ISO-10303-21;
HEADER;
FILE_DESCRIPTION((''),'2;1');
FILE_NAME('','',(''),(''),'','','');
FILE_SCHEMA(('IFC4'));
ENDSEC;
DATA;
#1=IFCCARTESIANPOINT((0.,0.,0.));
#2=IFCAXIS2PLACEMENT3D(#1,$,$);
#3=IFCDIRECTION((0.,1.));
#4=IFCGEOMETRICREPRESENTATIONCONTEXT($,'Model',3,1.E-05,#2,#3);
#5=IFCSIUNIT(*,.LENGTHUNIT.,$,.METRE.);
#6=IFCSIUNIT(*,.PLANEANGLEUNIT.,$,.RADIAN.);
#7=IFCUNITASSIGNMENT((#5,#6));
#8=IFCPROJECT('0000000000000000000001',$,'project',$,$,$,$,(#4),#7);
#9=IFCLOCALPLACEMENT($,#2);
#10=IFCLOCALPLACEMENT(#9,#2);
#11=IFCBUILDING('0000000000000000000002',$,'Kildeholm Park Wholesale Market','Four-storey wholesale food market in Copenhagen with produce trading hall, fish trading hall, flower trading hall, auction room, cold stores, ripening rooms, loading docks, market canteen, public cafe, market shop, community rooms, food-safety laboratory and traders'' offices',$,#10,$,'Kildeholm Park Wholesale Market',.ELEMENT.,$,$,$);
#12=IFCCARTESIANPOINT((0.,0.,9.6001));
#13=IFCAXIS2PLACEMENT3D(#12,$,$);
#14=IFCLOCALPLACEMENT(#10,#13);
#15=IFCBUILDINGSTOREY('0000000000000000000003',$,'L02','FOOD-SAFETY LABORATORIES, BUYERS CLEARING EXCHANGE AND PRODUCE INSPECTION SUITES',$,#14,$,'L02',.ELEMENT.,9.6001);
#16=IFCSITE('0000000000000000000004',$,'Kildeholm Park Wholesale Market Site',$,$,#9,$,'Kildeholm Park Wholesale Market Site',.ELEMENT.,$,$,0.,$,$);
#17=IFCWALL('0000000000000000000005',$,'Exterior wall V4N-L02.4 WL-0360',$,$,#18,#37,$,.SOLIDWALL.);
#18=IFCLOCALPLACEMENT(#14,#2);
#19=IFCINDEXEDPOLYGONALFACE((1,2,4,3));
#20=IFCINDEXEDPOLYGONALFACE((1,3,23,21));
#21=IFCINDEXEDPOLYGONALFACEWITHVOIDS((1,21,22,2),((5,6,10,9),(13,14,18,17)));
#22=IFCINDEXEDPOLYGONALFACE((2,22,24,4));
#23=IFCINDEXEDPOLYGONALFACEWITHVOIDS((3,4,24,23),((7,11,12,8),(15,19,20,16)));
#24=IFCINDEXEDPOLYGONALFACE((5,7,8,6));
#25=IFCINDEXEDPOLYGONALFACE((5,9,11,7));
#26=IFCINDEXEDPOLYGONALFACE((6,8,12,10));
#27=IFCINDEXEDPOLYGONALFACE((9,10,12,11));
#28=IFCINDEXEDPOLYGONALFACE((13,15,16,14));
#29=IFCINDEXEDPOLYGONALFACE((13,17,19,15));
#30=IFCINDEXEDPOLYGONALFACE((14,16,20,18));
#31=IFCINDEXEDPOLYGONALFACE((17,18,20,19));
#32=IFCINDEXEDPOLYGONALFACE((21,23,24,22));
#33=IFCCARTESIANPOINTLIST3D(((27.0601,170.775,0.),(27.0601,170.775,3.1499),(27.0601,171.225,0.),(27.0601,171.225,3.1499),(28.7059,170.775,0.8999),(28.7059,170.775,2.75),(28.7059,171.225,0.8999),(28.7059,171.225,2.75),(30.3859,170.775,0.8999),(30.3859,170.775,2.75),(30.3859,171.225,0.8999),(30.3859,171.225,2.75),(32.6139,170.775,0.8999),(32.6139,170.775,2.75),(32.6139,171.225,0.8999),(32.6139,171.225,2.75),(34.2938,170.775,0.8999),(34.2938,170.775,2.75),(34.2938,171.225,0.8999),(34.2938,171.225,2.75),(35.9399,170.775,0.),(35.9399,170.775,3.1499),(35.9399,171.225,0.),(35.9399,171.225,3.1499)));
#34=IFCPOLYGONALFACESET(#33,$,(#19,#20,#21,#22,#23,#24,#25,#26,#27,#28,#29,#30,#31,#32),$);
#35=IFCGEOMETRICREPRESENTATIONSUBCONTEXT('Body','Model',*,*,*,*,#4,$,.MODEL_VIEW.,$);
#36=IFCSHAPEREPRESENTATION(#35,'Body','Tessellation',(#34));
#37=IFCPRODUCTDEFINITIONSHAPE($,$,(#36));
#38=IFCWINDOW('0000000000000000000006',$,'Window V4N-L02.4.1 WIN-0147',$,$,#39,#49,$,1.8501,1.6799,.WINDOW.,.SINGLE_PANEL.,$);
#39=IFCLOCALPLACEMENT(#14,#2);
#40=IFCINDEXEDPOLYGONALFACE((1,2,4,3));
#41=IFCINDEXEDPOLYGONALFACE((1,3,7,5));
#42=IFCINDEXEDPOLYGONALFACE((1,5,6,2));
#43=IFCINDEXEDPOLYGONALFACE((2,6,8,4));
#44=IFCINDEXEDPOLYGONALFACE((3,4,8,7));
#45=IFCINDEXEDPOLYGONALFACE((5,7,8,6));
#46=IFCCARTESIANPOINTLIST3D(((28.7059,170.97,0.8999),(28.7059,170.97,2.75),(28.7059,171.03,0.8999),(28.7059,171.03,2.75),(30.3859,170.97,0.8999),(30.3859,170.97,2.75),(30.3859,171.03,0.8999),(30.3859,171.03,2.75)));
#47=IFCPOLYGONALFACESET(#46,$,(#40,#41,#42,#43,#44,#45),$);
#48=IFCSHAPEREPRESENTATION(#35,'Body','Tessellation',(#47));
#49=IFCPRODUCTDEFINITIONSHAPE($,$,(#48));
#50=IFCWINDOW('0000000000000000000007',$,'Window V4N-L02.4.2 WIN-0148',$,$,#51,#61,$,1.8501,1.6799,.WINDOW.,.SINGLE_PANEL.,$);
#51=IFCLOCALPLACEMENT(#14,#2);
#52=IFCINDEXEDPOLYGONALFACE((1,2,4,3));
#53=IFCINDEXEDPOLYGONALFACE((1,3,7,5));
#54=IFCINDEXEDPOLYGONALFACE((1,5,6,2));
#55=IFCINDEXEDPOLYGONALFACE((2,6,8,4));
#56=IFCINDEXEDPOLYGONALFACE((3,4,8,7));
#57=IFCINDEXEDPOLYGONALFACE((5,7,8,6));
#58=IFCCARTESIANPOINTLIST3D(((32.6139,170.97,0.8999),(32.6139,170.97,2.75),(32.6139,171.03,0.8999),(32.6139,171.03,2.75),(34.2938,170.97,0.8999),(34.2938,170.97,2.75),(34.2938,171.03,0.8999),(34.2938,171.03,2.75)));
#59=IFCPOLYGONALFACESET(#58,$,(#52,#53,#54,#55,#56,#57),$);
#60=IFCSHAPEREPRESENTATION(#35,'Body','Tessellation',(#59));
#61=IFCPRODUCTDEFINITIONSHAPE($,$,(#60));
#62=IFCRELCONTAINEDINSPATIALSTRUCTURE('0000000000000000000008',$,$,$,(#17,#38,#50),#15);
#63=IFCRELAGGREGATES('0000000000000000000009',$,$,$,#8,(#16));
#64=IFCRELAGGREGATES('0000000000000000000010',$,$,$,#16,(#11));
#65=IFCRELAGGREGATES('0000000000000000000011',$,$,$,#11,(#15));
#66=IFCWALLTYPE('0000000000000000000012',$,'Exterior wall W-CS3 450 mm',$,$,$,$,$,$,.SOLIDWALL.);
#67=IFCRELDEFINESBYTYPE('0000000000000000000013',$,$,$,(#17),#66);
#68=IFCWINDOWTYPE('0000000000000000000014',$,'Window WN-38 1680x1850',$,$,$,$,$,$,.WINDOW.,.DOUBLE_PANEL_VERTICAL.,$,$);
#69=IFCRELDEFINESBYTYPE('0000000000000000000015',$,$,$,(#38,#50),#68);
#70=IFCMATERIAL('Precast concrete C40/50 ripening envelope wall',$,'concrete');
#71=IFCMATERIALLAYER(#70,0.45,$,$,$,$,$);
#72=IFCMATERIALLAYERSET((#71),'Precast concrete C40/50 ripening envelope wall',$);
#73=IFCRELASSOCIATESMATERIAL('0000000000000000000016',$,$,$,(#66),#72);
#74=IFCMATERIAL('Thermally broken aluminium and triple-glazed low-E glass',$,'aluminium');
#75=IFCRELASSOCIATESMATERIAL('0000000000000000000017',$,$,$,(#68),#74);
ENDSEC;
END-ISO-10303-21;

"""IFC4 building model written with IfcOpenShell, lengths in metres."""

from ifc_helpers import new_model, si_unit, direction, frame, frame_2d, origin, place, context, subcontext, project, spatial, rectangle, extrude, material, layer, layer_set, type_object, element, fill, save


model = new_model("IFC4")

# Units and contexts
model_context = context("Model", 3, precision=1e-05, world=origin(), true_north=direction((0.0, 1.0)))
body_context = subcontext(model_context, "Body", "Model", "MODEL_VIEW")
ifc_project = project(units=[si_unit("LENGTHUNIT", "METRE"), si_unit("PLANEANGLEUNIT", "RADIAN")], contexts=[model_context])

# Site, building, storey
site_placement = place(None, origin())
site = spatial("IfcSite", under=ifc_project, at=site_placement, Name="Kildeholm Park Wholesale Market Site", LongName="Kildeholm Park Wholesale Market Site", CompositionType="ELEMENT", RefElevation=0.0)
building_placement = place(site_placement, origin())
building = spatial("IfcBuilding", under=site, at=building_placement, Name="Kildeholm Park Wholesale Market", Description="Four-storey wholesale food market in Copenhagen with produce trading hall, fish trading hall, flower trading hall, auction room, cold stores, ripening rooms, loading docks, market canteen, public cafe, market shop, community rooms, food-safety laboratory and traders' offices", LongName="Kildeholm Park Wholesale Market", CompositionType="ELEMENT")
storey_placement = place(building_placement, frame((0.0, 0.0, 9.6001)))
storey = spatial("IfcBuildingStorey", under=building, at=storey_placement, Name="L02", Description="FOOD-SAFETY LABORATORIES, BUYERS CLEARING EXCHANGE AND PRODUCE INSPECTION SUITES", LongName="L02", CompositionType="ELEMENT", Elevation=9.6001)

# Wall, openings, windows
ifc_material_1 = material(Name="Precast concrete C40/50 ripening envelope wall", Category="concrete")
ifc_layer = layer(ifc_material_1, 0.45)
ifc_layer_set = layer_set([ifc_layer], Name="Precast concrete C40/50 ripening envelope wall")
wall_type = type_object("IfcWallType", Name="Exterior wall W-CS3 450 mm", PredefinedType="SOLIDWALL", material=ifc_layer_set)
ifc_material_2 = material(Name="Thermally broken aluminium and triple-glazed low-E glass", Category="aluminium")
wall_1_placement = place(storey_placement, frame((27.0601, 171.0, 0.0), z_axis=(0.0, 0.0, 1.0), x_axis=(1.0, 0.0, 0.0)))
wall_1 = element("IfcWall", 1, at=wall_1_placement, inside=storey, type_object=wall_type, Name="Exterior wall V4N-L02.4 WL-0360", PredefinedType="SOLIDWALL", context=body_context, shape_type="SweptSolid", body=[
    extrude(rectangle(XDim=8.8799, YDim=0.45, at=frame_2d((4.4399, 0.0))), origin(), (0.0, 0.0, 1.0), 3.1499),
])
opening_1_placement = place(wall_1_placement, frame((1.646, 0.0, 0.8999)))
opening_1 = element("IfcOpeningElement", 2, at=opening_1_placement, cuts=wall_1, PredefinedType="OPENING", context=body_context, shape_type="SweptSolid", body=[
    extrude(rectangle(XDim=1.6799, YDim=1.8501, at=frame_2d((0.8398, 0.925))), frame((0.0, 0.2349, 0.0), z_axis=(0.0, -1.0, 0.0), x_axis=(1.0, 0.0, 0.0)), (0.0, 0.0, 1.0), 0.47),
])
opening_2_placement = place(wall_1_placement, frame((5.554, 0.0, 0.8999)))
opening_2 = element("IfcOpeningElement", 3, at=opening_2_placement, cuts=wall_1, PredefinedType="OPENING", context=body_context, shape_type="SweptSolid", body=[
    extrude(rectangle(XDim=1.6799, YDim=1.8501, at=frame_2d((0.8398, 0.925))), frame((0.0, 0.2349, 0.0), z_axis=(0.0, -1.0, 0.0), x_axis=(1.0, 0.0, 0.0)), (0.0, 0.0, 1.0), 0.47),
])
window_type_1 = type_object("IfcWindowType", Name="Window WN-38 1680x1850", PartitioningType="DOUBLE_PANEL_VERTICAL", PredefinedType="WINDOW", material=ifc_material_2)
window_1_placement = place(opening_1_placement, origin())
window_1 = element("IfcWindow", 4, at=window_1_placement, inside=storey, type_object=window_type_1, Name="Window V4N-L02.4.1 WIN-0147", OverallHeight=1.8501, OverallWidth=1.6799, PartitioningType="SINGLE_PANEL", PredefinedType="WINDOW", context=body_context, shape_type="SweptSolid", body=[
    extrude(rectangle(XDim=1.6799, YDim=1.8501, at=frame_2d((0.8398, 0.925))), frame((0.0, 0.03, 0.0), z_axis=(0.0, -1.0, 0.0), x_axis=(1.0, 0.0, 0.0)), (0.0, 0.0, 1.0), 0.0601),
])
fill(opening_1, window_1)
window_2_placement = place(opening_2_placement, origin())
window_2 = element("IfcWindow", 5, at=window_2_placement, inside=storey, type_object=window_type_1, Name="Window V4N-L02.4.2 WIN-0148", OverallHeight=1.8501, OverallWidth=1.6799, PartitioningType="SINGLE_PANEL", PredefinedType="WINDOW", context=body_context, shape_type="SweptSolid", body=[
    extrude(rectangle(XDim=1.6799, YDim=1.8501, at=frame_2d((0.8398, 0.925))), frame((0.0, 0.03, 0.0), z_axis=(0.0, -1.0, 0.0), x_axis=(1.0, 0.0, 0.0)), (0.0, 0.0, 1.0), 0.0601),
])
fill(opening_2, window_2)

save(model, "model.ifc")
